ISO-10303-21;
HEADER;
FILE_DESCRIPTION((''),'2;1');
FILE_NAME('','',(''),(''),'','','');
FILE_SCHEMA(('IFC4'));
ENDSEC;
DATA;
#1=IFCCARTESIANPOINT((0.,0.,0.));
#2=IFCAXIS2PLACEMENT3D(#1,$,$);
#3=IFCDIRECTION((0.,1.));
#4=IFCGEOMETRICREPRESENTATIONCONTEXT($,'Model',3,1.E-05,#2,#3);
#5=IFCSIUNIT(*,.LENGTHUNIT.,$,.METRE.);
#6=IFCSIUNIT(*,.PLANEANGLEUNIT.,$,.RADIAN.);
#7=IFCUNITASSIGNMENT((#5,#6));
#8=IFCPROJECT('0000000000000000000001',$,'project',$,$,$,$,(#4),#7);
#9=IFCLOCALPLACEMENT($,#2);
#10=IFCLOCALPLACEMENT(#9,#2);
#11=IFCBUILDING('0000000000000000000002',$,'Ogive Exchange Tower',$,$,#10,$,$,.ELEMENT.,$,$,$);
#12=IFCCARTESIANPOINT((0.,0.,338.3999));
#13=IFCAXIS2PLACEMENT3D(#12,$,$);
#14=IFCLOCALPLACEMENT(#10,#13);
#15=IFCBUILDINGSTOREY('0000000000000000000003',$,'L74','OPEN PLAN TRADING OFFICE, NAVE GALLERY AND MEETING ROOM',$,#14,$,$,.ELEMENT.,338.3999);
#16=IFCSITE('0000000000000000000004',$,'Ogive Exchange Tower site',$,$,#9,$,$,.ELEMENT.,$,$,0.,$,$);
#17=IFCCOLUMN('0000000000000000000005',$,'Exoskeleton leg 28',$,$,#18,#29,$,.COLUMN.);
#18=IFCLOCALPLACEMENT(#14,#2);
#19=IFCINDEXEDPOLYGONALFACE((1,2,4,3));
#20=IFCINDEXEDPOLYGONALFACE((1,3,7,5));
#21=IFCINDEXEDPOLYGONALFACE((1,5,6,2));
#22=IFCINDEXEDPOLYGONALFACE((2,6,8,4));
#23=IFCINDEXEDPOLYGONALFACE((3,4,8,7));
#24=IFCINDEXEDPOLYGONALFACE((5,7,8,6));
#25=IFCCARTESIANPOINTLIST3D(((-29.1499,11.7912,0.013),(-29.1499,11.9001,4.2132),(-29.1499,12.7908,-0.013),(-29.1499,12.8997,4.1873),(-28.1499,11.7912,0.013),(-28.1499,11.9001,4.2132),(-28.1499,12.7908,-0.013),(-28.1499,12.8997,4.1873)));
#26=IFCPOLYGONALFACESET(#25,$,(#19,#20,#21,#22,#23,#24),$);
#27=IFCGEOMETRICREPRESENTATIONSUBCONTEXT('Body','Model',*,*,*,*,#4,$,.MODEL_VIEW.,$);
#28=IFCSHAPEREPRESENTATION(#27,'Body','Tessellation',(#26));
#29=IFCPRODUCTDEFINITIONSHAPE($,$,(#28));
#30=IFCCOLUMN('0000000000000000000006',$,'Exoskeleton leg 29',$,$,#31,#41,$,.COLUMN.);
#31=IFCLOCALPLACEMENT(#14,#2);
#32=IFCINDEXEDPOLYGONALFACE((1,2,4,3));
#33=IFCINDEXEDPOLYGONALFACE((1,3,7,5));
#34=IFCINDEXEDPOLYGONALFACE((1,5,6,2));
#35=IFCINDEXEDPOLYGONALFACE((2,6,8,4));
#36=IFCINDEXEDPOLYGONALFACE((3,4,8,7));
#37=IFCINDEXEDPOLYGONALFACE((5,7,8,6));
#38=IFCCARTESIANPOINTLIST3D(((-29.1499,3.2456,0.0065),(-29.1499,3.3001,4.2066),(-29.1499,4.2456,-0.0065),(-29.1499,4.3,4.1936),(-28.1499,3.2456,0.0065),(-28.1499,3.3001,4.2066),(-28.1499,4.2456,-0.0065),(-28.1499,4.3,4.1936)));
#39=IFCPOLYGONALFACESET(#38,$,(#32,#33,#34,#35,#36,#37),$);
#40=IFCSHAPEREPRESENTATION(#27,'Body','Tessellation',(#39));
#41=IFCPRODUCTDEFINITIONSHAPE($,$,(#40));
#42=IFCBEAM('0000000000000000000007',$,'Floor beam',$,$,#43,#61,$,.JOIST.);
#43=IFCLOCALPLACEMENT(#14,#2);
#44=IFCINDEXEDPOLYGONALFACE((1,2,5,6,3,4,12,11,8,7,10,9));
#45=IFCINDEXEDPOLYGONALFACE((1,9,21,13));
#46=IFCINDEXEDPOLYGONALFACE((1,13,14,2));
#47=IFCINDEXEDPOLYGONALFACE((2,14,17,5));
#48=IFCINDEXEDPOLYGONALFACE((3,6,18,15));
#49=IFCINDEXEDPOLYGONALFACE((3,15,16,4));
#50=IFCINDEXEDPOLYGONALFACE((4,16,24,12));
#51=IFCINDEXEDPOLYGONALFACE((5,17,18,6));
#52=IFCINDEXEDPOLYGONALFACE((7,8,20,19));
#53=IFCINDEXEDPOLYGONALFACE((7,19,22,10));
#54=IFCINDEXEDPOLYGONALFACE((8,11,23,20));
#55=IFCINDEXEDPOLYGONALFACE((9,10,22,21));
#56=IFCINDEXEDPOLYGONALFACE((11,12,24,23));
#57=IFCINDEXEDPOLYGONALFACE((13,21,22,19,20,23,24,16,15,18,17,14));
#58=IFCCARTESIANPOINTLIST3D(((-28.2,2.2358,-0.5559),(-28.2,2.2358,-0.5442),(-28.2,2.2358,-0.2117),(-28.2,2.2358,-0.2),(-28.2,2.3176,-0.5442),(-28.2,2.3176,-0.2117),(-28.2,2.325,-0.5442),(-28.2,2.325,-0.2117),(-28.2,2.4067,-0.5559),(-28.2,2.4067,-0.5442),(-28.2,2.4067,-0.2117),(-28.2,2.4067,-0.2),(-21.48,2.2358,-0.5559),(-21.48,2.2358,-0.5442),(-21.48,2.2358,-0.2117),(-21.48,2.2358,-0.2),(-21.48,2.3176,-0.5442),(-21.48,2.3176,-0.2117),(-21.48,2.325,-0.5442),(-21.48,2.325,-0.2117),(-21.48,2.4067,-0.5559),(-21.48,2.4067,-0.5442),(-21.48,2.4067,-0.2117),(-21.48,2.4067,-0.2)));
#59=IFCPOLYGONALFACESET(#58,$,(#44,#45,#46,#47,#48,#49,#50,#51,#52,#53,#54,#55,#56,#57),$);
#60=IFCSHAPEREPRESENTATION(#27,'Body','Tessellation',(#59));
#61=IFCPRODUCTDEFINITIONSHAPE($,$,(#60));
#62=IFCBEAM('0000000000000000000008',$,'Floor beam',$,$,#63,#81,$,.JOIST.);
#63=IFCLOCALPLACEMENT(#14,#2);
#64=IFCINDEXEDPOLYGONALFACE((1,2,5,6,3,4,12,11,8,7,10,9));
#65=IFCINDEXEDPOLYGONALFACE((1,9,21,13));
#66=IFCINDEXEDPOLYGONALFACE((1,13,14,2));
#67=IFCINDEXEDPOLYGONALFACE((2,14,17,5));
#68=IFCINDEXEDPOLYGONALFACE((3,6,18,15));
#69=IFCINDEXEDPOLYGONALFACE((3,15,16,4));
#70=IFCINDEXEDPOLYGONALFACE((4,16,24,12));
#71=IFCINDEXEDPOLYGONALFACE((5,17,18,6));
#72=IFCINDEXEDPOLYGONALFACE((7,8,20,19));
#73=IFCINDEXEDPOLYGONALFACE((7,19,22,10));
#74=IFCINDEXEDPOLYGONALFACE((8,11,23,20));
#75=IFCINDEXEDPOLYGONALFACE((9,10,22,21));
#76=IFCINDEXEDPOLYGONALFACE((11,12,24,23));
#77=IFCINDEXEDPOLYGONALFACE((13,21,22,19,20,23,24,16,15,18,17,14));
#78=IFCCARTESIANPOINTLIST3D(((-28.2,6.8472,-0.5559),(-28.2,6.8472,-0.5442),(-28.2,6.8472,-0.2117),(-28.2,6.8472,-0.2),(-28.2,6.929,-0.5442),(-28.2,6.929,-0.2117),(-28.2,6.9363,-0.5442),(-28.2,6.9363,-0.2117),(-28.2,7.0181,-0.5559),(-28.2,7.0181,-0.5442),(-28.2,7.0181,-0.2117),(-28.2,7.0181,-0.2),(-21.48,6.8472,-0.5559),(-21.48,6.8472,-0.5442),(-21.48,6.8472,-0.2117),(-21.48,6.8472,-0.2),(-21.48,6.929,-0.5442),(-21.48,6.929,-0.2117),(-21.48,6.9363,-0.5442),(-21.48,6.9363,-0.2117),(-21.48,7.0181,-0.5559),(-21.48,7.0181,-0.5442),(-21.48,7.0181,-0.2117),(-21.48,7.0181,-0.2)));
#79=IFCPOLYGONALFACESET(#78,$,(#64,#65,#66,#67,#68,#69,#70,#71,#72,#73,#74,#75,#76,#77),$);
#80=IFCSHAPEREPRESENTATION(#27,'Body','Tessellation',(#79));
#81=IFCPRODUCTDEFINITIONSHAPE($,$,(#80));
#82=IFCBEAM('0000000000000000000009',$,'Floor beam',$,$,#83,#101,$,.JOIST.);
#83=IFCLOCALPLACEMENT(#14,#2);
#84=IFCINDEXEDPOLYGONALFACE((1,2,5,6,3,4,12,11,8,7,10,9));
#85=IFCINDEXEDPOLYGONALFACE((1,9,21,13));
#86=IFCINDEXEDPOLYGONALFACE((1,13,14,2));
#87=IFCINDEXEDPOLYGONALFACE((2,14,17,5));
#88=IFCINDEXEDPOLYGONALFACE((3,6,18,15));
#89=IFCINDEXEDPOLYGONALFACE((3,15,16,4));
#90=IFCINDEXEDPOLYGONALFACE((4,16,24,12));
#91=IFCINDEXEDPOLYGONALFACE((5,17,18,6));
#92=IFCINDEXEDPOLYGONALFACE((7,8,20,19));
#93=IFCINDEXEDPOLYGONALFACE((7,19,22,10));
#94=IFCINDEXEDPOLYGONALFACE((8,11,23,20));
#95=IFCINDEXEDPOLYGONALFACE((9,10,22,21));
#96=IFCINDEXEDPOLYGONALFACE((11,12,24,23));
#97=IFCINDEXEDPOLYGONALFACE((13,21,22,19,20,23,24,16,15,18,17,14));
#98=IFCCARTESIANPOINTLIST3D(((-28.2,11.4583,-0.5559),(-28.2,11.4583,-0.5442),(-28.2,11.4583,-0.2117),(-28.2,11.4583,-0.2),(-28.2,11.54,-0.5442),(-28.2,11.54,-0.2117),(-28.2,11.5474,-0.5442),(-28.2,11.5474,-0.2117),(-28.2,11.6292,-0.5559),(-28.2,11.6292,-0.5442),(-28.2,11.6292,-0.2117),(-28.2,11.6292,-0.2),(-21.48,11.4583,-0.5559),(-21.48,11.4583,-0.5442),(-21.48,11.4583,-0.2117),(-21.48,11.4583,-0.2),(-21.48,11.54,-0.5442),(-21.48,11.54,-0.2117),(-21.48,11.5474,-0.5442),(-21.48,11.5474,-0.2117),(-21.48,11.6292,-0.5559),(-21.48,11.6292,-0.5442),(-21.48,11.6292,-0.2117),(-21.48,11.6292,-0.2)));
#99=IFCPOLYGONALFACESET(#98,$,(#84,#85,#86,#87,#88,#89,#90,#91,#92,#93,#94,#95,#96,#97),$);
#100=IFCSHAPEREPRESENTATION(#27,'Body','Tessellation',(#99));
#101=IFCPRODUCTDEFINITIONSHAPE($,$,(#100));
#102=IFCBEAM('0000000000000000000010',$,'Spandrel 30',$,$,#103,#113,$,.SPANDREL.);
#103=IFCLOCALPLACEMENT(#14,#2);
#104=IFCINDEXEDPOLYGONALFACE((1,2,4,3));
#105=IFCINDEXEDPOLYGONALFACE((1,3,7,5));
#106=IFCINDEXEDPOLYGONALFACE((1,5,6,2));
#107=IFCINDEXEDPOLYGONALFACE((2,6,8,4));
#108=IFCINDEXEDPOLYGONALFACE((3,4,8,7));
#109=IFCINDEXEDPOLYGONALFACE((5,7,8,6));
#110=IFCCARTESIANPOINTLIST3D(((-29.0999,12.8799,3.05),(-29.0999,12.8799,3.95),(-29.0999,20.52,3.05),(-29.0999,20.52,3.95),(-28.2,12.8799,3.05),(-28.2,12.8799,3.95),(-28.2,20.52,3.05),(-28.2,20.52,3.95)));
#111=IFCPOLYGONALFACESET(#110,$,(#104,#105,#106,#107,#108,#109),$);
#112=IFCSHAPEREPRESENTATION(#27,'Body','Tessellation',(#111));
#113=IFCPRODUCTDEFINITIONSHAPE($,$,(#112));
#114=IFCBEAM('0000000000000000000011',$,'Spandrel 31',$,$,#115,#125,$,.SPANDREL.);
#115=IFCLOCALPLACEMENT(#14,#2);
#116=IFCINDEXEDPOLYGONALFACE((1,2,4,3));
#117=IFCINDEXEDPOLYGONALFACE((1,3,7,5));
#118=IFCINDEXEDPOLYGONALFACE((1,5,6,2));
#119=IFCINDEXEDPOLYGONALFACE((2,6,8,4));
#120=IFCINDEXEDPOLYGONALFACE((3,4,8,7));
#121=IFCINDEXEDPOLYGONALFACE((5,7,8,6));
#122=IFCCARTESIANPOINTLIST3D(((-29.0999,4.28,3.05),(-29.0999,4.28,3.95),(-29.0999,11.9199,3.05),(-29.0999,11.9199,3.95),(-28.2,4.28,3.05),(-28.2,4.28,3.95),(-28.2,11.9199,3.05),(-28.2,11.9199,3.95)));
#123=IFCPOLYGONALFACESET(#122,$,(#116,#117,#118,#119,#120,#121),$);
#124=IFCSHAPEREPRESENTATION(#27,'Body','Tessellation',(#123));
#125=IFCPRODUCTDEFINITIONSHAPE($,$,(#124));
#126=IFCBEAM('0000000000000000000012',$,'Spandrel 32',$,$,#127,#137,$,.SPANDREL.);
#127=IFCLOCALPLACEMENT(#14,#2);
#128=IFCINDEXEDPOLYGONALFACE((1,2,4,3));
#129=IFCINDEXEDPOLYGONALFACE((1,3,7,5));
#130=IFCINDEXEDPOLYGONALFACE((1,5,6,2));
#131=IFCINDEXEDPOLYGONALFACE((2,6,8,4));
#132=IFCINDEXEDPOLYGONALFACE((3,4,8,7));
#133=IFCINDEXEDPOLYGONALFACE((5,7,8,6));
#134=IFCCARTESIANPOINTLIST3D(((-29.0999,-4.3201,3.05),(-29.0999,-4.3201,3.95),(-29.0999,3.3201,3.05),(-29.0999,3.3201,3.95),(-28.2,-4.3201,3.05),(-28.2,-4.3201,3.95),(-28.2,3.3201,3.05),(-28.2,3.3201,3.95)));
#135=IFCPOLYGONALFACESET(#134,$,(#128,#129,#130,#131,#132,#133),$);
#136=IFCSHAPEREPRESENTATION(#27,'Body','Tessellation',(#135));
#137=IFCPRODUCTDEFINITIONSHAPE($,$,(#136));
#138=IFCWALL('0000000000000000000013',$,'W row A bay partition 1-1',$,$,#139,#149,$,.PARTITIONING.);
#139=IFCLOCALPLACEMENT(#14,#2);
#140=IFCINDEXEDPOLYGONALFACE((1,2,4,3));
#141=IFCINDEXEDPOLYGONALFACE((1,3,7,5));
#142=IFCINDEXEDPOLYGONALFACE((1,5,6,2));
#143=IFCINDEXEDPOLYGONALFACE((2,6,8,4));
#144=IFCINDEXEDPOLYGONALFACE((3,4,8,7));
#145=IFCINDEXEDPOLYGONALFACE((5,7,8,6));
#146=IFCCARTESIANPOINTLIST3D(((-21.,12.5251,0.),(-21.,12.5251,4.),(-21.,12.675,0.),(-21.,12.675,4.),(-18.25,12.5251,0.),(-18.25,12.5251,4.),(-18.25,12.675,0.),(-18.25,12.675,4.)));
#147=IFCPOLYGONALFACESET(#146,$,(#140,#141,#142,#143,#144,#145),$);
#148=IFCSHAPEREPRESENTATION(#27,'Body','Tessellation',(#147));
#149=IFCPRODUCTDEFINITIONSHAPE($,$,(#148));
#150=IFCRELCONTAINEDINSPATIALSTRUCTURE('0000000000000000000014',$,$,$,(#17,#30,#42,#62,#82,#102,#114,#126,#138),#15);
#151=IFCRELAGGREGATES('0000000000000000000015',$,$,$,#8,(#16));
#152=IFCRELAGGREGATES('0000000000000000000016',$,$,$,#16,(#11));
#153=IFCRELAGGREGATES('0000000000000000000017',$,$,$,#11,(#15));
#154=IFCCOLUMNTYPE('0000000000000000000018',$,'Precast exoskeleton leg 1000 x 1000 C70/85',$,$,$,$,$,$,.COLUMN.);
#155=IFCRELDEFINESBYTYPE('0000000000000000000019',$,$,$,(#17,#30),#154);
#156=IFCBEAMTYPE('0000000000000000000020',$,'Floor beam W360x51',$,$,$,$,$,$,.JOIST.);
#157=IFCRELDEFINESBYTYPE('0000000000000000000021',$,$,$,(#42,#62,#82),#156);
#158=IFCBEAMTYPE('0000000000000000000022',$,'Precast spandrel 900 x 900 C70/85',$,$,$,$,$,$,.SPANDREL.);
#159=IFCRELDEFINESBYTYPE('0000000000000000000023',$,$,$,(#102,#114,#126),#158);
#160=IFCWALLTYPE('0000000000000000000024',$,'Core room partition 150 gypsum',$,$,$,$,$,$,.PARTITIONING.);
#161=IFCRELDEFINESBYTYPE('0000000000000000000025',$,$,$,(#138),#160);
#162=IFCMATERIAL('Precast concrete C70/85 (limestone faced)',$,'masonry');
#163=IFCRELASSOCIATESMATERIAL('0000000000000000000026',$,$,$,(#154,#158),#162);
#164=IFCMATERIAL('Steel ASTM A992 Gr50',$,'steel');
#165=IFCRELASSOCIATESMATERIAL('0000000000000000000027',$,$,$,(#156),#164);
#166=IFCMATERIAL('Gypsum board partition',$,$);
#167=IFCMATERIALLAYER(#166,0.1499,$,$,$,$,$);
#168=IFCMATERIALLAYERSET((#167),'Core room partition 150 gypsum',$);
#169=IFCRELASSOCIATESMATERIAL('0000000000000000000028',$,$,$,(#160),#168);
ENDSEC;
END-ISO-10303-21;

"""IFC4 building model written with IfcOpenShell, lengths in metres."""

from ifc_helpers import new_model, si_unit, direction, frame, frame_2d, origin, origin_2d, place, context, subcontext, project, spatial, rectangle, i_section, extrude, material, layer, layer_set, material_profile, profile_set, type_object, element, save


model = new_model("IFC4")

# Units and contexts
model_context = context("Model", 3, precision=1e-05, world=origin(), true_north=direction((0.0, 1.0)))
body_context = subcontext(model_context, "Body", "Model", "MODEL_VIEW")
ifc_project = project(units=[si_unit("LENGTHUNIT", "METRE"), si_unit("PLANEANGLEUNIT", "RADIAN")], contexts=[model_context])

# Site, building, storey
site_placement = place(None, origin())
site = spatial("IfcSite", under=ifc_project, at=site_placement, Name="Ogive Exchange Tower site", CompositionType="ELEMENT", RefElevation=0.0)
building_placement = place(site_placement, origin())
building = spatial("IfcBuilding", under=site, at=building_placement, Name="Ogive Exchange Tower", CompositionType="ELEMENT")
storey_placement = place(building_placement, frame((0.0, 0.0, 338.3999)))
storey = spatial("IfcBuildingStorey", under=building, at=storey_placement, Name="L74", Description="OPEN PLAN TRADING OFFICE, NAVE GALLERY AND MEETING ROOM", CompositionType="ELEMENT", Elevation=338.3999)

# Columns
ifc_material_1 = material(Name="Precast concrete C70/85 (limestone faced)", Category="masonry")
ifc_material_profile_1 = material_profile(ifc_material_1, rectangle(XDim=1.0, YDim=1.0, at=origin_2d()), Name="1000 x 1000")
ifc_profile_set_1 = profile_set([ifc_material_profile_1], Name="Precast concrete C70/85 (limestone faced)")
column_type = type_object("IfcColumnType", Name="Precast exoskeleton leg 1000 x 1000 C70/85", PredefinedType="COLUMN", material=ifc_profile_set_1)
column_1_placement = place(storey_placement, frame((-28.6499, 12.291, 0.0), z_axis=(0.0, 0.025915, 0.999664), x_axis=(-1.0, 0.0, 0.0)))
element("IfcColumn", 1, at=column_1_placement, inside=storey, type_object=column_type, Name="Exoskeleton leg 28", PredefinedType="COLUMN", context=body_context, shape_type="SweptSolid", body=[
    extrude(rectangle(XDim=1.0, YDim=1.0, at=origin_2d()), origin(), (0.0, 0.0, 1.0), 4.2017),
])
column_2_placement = place(storey_placement, frame((-28.6499, 3.7456, 0.0), z_axis=(0.0, 0.012961, 0.999916), x_axis=(-1.0, 0.0, 0.0)))
element("IfcColumn", 2, at=column_2_placement, inside=storey, type_object=column_type, Name="Exoskeleton leg 29", PredefinedType="COLUMN", context=body_context, shape_type="SweptSolid", body=[
    extrude(rectangle(XDim=1.0, YDim=1.0, at=origin_2d()), origin(), (0.0, 0.0, 1.0), 4.2004),
])

# Beams
ifc_material_2 = material(Name="Steel ASTM A992 Gr50", Category="steel")
ifc_material_profile_2 = material_profile(ifc_material_2, i_section(OverallWidth=0.1709, OverallDepth=0.356, WebThickness=0.0073, FlangeThickness=0.0117, at=origin_2d()), Name="W360x51")
ifc_profile_set_2 = profile_set([ifc_material_profile_2], Name="Steel ASTM A992 Gr50")
beam_type_1 = type_object("IfcBeamType", Name="Floor beam W360x51", PredefinedType="JOIST", material=ifc_profile_set_2)
for number, where, z_axis, x_axis, name in (
    (3, (-28.2, 2.3213, -0.3779), (1.0, 0.0, 0.0), (0.0, 1.0, 0.0), "Floor beam"),
    (4, (-28.2, 6.9326, -0.3779), (1.0, 0.0, 0.0), (0.0, 1.0, 0.0), "Floor beam"),
    (5, (-28.2, 11.5437, -0.3779), (1.0, 0.0, 0.0), (0.0, 1.0, 0.0), "Floor beam"),
):
    element("IfcBeam", number, at=place(storey_placement, frame(where, z_axis=z_axis, x_axis=x_axis)), inside=storey, type_object=beam_type_1, Name=name, PredefinedType="JOIST", context=body_context, shape_type="SweptSolid", body=[
        extrude(i_section(OverallWidth=0.1709, OverallDepth=0.356, WebThickness=0.0073, FlangeThickness=0.0117, at=origin_2d()), origin(), (0.0, 0.0, 1.0), 6.72),
    ])
ifc_material_profile_3 = material_profile(ifc_material_1, rectangle(XDim=0.8999, YDim=0.8999, at=origin_2d()), Name="900 x 900")
ifc_profile_set_3 = profile_set([ifc_material_profile_3], Name="Precast concrete C70/85 (limestone faced)")
beam_type_2 = type_object("IfcBeamType", Name="Precast spandrel 900 x 900 C70/85", PredefinedType="SPANDREL", material=ifc_profile_set_3)
beam_1_placement = place(storey_placement, frame((-28.6499, 20.52, 3.5), z_axis=(0.0, -1.0, 0.0), x_axis=(1.0, 0.0, 0.0)))
element("IfcBeam", 6, at=beam_1_placement, inside=storey, type_object=beam_type_2, Name="Spandrel 30", PredefinedType="SPANDREL", context=body_context, shape_type="SweptSolid", body=[
    extrude(rectangle(XDim=0.8999, YDim=0.8999, at=origin_2d()), origin(), (0.0, 0.0, 1.0), 7.6401),
])
beam_2_placement = place(storey_placement, frame((-28.6499, 11.9199, 3.5), z_axis=(0.0, -1.0, 0.0), x_axis=(1.0, 0.0, 0.0)))
element("IfcBeam", 7, at=beam_2_placement, inside=storey, type_object=beam_type_2, Name="Spandrel 31", PredefinedType="SPANDREL", context=body_context, shape_type="SweptSolid", body=[
    extrude(rectangle(XDim=0.8999, YDim=0.8999, at=origin_2d()), origin(), (0.0, 0.0, 1.0), 7.6399),
])
beam_3_placement = place(storey_placement, frame((-28.6499, 3.3201, 3.5), z_axis=(0.0, -1.0, 0.0), x_axis=(1.0, 0.0, 0.0)))
element("IfcBeam", 8, at=beam_3_placement, inside=storey, type_object=beam_type_2, Name="Spandrel 32", PredefinedType="SPANDREL", context=body_context, shape_type="SweptSolid", body=[
    extrude(rectangle(XDim=0.8999, YDim=0.8999, at=origin_2d()), origin(), (0.0, 0.0, 1.0), 7.6401),
])

# Wall
ifc_material_3 = material(Name="Gypsum board partition")
ifc_layer_1 = layer(ifc_material_3, 0.1499)
ifc_layer_set_1 = layer_set([ifc_layer_1], Name="Core room partition 150 gypsum")
wall_type_1 = type_object("IfcWallType", Name="Core room partition 150 gypsum", PredefinedType="PARTITIONING", material=ifc_layer_set_1)
wall_1_placement = place(storey_placement, frame((-21.0, 12.6001, 0.0), z_axis=(0.0, 0.0, 1.0), x_axis=(1.0, 0.0, 0.0)))
element("IfcWall", 9, at=wall_1_placement, inside=storey, type_object=wall_type_1, Name="W row A bay partition 1-1", PredefinedType="PARTITIONING", context=body_context, shape_type="SweptSolid", body=[
    extrude(rectangle(XDim=2.75, YDim=0.1499, at=frame_2d((1.375, 0.0))), origin(), (0.0, 0.0, 1.0), 4.0),
])

save(model, "model.ifc")
